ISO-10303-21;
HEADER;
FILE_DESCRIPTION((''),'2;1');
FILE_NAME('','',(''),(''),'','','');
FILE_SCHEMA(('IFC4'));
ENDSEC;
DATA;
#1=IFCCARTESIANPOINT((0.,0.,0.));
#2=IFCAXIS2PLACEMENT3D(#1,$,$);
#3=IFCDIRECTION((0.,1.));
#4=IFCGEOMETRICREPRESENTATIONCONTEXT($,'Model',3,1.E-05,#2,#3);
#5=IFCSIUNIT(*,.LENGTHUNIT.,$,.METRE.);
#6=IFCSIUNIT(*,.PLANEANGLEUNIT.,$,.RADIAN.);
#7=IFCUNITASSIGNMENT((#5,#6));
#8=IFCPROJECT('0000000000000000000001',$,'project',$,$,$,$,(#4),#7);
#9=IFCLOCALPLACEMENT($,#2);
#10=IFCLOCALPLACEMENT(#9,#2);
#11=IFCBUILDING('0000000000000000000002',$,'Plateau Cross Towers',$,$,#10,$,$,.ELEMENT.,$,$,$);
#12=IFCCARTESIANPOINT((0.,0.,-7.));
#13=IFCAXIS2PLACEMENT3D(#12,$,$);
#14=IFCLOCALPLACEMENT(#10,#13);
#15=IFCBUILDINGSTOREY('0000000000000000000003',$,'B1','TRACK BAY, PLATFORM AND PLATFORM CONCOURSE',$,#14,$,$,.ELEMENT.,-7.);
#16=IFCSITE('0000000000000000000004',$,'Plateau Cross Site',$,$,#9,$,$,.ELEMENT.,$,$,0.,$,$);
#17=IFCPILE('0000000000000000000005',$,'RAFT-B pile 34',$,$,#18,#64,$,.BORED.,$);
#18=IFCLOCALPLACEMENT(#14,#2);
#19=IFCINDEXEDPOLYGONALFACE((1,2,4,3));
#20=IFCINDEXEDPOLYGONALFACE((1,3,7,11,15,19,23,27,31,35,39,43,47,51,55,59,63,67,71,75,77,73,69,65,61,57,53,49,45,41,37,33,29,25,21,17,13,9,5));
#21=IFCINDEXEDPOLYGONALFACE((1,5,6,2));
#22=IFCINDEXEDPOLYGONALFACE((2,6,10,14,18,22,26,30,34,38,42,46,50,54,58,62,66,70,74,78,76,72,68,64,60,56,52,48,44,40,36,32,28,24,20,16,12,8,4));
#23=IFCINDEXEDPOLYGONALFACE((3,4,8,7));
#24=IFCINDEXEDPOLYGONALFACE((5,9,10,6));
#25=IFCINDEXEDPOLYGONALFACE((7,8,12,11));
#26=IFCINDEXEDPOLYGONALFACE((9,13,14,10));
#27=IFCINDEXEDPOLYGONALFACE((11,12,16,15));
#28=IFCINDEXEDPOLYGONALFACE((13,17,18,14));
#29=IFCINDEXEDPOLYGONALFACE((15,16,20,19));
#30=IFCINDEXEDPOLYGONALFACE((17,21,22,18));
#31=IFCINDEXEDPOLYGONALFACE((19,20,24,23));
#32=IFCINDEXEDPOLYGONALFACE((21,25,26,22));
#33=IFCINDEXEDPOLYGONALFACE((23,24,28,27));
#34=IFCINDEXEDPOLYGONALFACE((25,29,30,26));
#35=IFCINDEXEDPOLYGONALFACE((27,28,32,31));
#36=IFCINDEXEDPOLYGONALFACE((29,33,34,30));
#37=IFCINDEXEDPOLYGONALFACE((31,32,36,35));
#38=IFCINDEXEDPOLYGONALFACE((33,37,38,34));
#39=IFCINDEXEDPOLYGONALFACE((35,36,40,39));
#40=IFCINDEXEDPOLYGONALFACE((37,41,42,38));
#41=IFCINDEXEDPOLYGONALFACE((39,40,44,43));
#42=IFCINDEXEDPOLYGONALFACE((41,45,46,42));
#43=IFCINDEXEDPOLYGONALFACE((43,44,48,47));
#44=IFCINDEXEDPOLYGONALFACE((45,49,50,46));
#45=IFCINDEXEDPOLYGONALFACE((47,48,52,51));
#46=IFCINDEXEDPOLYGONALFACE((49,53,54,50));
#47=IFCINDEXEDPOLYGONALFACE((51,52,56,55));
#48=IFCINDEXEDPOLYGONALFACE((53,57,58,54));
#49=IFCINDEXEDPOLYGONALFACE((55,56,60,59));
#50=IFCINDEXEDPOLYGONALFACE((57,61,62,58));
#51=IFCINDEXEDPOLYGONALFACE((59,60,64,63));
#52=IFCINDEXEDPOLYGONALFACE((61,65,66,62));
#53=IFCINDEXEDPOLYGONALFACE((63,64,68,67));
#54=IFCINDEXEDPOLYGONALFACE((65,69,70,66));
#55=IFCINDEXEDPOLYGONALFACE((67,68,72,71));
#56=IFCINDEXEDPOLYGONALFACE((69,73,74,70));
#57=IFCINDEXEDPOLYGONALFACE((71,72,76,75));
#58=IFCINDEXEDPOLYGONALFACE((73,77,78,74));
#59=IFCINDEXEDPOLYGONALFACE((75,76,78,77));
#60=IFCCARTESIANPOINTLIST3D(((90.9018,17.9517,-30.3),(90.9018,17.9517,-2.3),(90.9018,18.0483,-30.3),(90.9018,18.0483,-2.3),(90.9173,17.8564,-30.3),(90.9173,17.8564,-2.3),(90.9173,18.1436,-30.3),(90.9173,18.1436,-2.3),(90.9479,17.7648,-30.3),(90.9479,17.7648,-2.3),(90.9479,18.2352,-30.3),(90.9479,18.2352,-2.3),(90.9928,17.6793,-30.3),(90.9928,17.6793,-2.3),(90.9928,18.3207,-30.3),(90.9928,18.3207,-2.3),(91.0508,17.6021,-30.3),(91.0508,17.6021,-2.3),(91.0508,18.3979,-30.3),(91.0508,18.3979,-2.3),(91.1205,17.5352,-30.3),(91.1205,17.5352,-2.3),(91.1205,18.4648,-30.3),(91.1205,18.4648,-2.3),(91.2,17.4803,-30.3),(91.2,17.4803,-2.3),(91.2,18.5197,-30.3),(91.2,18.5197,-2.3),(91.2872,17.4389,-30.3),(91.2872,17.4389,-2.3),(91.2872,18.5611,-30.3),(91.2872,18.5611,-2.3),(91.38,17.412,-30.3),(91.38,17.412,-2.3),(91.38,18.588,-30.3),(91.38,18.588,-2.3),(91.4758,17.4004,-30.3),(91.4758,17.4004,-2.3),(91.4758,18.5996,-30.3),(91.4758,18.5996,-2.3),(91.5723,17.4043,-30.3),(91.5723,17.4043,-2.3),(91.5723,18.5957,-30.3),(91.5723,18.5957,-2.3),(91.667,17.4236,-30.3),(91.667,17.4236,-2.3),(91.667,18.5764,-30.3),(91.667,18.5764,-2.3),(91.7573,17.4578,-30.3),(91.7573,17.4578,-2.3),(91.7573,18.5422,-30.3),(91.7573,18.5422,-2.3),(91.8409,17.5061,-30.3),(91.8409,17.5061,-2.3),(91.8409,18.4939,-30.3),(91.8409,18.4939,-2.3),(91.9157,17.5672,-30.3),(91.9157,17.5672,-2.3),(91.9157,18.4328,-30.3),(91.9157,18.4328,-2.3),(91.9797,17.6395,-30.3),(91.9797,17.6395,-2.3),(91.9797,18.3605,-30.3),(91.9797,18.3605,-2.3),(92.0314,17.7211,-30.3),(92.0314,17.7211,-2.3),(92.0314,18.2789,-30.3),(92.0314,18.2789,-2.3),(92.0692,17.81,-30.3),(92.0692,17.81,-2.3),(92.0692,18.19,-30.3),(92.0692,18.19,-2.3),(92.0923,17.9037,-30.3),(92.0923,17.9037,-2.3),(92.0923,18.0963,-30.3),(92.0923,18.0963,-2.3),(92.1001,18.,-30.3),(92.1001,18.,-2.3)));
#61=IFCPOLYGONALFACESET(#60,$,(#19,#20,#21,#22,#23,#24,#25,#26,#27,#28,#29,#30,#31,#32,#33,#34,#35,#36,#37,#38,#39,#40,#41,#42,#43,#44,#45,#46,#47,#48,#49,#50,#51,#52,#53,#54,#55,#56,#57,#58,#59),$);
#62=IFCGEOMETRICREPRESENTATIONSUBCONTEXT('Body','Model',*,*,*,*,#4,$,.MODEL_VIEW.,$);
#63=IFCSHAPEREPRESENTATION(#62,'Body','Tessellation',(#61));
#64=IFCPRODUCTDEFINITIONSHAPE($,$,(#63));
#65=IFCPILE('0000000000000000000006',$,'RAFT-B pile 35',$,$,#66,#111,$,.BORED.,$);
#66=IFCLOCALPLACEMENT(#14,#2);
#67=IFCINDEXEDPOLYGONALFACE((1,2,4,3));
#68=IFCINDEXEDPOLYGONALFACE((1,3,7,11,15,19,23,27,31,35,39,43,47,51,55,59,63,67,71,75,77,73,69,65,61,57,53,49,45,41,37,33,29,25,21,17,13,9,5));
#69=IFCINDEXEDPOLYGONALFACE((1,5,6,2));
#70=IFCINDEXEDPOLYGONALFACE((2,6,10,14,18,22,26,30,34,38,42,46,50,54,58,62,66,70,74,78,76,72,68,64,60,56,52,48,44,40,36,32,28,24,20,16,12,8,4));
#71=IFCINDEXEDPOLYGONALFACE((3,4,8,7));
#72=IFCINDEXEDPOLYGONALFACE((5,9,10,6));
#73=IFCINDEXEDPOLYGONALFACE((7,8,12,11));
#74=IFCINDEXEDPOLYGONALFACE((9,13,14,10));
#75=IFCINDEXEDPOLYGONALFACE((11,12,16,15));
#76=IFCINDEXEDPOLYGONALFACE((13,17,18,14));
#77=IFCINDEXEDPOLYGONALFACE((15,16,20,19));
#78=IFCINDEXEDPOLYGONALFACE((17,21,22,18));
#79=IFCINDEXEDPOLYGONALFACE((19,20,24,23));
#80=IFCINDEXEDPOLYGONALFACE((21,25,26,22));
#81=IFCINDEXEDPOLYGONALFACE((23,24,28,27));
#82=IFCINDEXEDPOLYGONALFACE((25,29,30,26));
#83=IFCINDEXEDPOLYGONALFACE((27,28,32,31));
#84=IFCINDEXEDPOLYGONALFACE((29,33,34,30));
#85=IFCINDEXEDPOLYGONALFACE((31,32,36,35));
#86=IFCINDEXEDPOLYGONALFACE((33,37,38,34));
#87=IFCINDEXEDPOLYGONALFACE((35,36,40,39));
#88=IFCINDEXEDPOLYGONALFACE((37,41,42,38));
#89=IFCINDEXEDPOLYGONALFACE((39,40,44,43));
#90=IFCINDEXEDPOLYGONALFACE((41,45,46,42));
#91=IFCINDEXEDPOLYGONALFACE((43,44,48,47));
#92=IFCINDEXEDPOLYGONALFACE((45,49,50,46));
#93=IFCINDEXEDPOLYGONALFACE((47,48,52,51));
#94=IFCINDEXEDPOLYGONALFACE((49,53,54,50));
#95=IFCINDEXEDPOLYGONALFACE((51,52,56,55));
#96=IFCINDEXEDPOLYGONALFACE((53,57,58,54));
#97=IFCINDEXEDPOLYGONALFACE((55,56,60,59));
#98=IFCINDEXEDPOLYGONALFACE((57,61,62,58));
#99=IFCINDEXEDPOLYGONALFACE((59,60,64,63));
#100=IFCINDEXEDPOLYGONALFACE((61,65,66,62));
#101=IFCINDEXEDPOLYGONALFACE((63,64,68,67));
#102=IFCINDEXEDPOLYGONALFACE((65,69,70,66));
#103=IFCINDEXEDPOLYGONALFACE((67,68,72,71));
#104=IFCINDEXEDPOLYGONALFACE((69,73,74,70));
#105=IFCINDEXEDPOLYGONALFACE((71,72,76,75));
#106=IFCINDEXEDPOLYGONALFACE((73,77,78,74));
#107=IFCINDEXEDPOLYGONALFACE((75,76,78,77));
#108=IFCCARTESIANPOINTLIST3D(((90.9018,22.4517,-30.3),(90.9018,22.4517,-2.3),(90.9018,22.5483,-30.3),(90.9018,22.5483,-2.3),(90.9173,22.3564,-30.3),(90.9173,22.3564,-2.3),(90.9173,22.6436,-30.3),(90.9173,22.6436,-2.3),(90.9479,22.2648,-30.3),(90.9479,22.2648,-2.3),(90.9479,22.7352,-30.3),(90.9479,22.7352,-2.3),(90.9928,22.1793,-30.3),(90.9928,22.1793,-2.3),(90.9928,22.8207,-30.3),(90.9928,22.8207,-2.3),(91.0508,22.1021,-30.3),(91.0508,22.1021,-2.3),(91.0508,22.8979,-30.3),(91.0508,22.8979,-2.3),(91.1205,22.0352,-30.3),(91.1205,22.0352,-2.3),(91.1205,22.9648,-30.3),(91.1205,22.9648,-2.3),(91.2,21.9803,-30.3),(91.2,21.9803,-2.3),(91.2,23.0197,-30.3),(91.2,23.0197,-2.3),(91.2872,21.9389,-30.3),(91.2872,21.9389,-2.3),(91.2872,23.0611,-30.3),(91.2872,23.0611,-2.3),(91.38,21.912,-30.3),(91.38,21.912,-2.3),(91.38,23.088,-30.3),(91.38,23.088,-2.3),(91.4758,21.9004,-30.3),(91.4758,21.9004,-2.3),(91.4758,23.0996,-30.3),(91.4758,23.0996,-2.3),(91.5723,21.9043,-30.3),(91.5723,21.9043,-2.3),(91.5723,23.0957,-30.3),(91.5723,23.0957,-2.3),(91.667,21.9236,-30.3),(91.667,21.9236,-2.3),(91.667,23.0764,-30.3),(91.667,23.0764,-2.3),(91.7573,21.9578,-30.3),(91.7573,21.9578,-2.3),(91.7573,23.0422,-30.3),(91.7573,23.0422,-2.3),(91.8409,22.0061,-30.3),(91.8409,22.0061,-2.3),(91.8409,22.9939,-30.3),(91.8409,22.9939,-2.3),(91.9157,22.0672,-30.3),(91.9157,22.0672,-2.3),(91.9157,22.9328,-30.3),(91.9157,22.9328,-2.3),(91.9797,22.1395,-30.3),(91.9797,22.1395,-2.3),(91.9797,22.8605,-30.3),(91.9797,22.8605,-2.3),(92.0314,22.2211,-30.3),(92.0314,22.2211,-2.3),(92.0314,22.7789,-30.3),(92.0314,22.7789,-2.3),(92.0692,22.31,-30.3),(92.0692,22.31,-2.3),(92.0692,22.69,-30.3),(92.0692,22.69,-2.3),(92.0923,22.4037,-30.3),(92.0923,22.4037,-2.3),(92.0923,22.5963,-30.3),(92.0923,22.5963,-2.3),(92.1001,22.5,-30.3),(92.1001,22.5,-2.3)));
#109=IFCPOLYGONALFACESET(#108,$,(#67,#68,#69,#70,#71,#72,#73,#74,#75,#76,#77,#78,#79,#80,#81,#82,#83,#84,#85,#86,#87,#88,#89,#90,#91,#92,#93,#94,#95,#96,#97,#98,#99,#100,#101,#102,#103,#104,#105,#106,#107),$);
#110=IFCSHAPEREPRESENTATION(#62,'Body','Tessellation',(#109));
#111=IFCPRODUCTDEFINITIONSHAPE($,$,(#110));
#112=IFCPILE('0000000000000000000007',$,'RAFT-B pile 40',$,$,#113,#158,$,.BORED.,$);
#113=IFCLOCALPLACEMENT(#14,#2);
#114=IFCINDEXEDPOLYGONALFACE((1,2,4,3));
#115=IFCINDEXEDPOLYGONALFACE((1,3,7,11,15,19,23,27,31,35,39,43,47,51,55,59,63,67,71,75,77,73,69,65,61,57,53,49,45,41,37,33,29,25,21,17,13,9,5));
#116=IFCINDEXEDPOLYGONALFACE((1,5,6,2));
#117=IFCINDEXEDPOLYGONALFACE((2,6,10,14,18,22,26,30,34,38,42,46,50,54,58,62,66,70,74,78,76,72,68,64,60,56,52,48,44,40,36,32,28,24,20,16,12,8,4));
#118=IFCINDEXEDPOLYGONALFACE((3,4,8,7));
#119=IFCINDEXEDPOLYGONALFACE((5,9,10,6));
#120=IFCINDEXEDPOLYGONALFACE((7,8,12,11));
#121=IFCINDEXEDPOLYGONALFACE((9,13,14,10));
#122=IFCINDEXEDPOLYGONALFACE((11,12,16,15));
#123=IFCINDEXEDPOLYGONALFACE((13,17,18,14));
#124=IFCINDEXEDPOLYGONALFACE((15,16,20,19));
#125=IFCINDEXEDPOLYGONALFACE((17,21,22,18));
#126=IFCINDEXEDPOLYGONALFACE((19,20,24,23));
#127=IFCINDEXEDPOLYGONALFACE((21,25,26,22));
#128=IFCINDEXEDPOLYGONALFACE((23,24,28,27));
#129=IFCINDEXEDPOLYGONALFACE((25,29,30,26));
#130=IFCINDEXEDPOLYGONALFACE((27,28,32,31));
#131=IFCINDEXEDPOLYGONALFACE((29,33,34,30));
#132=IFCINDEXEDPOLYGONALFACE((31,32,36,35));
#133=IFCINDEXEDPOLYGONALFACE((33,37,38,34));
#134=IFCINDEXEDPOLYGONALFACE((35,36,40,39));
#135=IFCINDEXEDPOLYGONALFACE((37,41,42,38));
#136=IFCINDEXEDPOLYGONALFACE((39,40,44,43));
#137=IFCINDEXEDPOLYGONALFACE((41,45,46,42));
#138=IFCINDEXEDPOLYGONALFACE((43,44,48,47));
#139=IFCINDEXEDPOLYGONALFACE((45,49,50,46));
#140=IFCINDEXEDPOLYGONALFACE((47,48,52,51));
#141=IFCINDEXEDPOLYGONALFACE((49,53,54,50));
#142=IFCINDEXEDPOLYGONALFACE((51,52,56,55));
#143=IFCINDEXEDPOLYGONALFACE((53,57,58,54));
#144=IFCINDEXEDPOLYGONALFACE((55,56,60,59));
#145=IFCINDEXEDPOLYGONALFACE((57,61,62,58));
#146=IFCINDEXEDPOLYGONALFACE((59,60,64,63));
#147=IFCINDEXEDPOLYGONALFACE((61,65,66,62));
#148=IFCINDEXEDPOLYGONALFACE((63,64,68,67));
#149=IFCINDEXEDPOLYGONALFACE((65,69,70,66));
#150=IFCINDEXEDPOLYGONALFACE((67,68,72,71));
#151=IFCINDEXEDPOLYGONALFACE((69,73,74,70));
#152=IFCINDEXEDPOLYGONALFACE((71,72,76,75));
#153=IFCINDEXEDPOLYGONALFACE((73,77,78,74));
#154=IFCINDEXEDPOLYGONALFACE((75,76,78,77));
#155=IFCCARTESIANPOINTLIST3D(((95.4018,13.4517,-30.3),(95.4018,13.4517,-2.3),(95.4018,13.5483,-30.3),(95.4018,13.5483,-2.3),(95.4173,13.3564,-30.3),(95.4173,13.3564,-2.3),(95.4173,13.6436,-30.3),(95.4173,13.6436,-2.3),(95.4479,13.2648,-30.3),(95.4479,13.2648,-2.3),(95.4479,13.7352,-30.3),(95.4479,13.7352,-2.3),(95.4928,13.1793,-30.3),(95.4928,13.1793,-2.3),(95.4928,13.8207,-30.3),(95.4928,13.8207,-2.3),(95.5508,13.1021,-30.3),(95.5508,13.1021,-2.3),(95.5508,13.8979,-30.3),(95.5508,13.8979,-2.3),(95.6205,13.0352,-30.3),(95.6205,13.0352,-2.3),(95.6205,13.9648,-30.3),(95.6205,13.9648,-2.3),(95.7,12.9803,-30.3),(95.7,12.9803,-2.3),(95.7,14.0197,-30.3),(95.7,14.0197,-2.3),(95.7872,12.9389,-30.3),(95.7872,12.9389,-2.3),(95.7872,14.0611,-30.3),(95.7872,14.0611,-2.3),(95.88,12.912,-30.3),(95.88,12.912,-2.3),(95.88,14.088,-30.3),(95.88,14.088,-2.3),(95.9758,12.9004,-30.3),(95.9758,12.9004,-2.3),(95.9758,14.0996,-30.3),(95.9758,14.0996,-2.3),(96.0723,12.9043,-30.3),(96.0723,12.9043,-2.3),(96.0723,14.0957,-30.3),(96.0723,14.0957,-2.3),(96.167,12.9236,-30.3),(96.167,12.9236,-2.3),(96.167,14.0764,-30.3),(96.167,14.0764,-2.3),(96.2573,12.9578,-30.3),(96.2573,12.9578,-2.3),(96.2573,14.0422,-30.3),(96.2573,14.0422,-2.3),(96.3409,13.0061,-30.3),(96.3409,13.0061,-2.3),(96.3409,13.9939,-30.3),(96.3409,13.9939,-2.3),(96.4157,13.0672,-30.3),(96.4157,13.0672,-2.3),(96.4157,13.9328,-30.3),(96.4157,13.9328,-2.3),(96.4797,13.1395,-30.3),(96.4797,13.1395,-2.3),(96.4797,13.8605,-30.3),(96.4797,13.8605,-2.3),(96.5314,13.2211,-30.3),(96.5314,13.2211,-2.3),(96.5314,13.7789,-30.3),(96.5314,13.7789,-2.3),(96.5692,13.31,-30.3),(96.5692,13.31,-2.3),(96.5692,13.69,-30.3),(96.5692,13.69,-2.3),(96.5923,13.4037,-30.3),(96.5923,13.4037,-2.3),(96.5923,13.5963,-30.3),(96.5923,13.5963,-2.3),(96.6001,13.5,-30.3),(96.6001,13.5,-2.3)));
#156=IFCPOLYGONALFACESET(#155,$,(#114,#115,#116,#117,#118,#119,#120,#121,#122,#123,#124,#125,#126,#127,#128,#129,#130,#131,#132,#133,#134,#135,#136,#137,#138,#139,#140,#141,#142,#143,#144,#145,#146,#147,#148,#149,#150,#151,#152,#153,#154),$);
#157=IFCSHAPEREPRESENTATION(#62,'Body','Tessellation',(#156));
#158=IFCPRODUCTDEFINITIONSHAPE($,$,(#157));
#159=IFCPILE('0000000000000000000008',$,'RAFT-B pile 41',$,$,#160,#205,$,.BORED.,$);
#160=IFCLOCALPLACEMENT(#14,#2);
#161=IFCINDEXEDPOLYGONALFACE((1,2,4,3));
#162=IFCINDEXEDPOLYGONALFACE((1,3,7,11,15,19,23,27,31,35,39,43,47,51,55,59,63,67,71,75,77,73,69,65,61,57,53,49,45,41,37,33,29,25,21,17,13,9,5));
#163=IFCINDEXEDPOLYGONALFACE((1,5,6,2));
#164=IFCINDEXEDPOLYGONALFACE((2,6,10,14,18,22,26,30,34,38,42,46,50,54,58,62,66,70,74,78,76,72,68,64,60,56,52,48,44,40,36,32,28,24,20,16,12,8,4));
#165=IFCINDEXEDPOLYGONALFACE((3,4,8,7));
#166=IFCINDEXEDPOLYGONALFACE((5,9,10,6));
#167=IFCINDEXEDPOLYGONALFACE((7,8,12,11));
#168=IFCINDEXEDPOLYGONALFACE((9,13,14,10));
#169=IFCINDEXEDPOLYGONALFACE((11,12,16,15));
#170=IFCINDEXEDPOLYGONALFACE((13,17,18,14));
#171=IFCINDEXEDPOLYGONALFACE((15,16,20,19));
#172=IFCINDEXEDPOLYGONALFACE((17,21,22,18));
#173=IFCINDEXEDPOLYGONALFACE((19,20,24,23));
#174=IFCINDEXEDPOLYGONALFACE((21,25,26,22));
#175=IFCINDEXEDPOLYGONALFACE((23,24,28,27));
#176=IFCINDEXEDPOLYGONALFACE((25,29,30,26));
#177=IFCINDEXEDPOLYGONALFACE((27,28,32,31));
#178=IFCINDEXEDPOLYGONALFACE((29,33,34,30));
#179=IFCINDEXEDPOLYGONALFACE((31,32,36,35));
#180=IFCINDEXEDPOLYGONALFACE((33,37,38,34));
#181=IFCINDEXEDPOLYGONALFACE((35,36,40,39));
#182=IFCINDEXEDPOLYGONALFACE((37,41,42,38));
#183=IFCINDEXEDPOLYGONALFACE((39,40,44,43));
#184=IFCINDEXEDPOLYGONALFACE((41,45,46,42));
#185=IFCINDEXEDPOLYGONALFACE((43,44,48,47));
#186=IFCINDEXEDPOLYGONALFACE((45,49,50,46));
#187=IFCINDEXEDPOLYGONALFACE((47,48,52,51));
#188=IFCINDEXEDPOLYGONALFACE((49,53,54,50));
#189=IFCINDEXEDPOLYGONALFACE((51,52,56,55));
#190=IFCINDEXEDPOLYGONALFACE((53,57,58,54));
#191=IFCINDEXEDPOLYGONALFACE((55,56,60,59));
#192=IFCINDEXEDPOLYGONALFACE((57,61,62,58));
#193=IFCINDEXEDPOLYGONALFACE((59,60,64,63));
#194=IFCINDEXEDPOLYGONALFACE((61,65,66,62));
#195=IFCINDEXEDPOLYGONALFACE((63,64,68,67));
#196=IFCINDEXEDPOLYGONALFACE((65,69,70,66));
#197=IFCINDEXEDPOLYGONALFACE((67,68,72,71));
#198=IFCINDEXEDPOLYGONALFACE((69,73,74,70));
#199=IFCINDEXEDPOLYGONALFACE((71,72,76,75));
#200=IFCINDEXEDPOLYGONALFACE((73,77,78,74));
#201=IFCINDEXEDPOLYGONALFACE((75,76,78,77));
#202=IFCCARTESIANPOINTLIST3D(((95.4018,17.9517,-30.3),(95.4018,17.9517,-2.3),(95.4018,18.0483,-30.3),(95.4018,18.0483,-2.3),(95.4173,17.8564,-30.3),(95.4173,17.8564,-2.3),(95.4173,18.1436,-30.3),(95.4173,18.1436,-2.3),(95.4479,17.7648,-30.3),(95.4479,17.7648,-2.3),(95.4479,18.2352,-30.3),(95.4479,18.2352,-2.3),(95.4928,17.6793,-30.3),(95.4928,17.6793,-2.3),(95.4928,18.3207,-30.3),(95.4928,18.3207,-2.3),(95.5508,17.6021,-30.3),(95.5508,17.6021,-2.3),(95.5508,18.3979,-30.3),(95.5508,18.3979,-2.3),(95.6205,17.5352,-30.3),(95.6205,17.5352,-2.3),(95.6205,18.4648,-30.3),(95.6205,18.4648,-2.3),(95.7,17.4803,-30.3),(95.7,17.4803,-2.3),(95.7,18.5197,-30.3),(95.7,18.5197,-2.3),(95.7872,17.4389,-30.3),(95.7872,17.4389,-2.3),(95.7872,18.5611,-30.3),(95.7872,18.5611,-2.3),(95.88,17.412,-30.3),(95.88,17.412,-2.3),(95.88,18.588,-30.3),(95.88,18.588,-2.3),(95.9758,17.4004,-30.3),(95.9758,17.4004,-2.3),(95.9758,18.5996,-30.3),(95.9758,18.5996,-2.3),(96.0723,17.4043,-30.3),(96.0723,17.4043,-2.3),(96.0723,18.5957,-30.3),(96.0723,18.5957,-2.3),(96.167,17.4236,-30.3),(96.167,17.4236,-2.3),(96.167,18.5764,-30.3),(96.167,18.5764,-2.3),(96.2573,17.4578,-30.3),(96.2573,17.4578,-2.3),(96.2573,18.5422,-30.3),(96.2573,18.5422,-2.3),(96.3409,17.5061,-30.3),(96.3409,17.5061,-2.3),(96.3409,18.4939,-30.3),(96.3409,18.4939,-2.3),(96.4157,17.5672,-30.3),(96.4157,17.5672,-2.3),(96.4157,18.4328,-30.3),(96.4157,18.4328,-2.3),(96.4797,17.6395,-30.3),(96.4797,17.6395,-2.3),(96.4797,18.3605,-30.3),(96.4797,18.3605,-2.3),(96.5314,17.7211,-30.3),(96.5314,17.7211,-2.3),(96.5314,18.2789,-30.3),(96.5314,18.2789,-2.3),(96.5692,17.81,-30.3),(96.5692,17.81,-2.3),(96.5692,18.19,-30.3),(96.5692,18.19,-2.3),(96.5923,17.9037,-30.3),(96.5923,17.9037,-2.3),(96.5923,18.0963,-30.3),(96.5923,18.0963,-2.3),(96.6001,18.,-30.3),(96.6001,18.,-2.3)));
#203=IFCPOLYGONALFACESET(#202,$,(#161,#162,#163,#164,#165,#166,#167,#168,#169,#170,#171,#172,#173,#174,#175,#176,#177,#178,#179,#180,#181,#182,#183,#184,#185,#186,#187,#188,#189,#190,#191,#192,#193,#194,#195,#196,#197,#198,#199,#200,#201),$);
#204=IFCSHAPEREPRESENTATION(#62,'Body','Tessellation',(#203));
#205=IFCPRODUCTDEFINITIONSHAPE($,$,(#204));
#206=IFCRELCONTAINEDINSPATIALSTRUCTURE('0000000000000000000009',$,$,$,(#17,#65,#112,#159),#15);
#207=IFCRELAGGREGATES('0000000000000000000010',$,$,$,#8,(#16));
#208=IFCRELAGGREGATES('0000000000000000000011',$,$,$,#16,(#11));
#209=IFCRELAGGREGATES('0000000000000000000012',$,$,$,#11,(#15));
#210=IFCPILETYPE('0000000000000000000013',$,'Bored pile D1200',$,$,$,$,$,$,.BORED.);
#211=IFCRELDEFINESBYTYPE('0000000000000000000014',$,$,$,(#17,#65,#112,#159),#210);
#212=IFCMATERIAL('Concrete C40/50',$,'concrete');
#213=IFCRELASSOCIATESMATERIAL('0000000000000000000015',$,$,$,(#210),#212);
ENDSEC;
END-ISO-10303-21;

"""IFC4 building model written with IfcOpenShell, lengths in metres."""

from ifc_helpers import new_model, si_unit, direction, frame, origin, origin_2d, place, context, subcontext, project, spatial, circle, extrude, material, material_profile, profile_set, type_object, element, save


model = new_model("IFC4")

# Units and contexts
model_context = context("Model", 3, precision=1e-05, world=origin(), true_north=direction((0.0, 1.0)))
body_context = subcontext(model_context, "Body", "Model", "MODEL_VIEW")
ifc_project = project(units=[si_unit("LENGTHUNIT", "METRE"), si_unit("PLANEANGLEUNIT", "RADIAN")], contexts=[model_context])

# Site, building, storey
site_placement = place(None, origin())
site = spatial("IfcSite", under=ifc_project, at=site_placement, Name="Plateau Cross Site", CompositionType="ELEMENT", RefElevation=0.0)
building_placement = place(site_placement, origin())
building = spatial("IfcBuilding", under=site, at=building_placement, Name="Plateau Cross Towers", CompositionType="ELEMENT")
storey_placement = place(building_placement, frame((0.0, 0.0, -7.0)))
storey = spatial("IfcBuildingStorey", under=building, at=storey_placement, Name="B1", Description="TRACK BAY, PLATFORM AND PLATFORM CONCOURSE", CompositionType="ELEMENT", Elevation=-7.0)

# Piles
ifc_material_1 = material(Name="Concrete C40/50", Category="concrete")
ifc_material_profile_1 = material_profile(ifc_material_1, circle(Radius=0.6001, at=origin_2d()), Name="Bored pile D1200")
ifc_profile_set_1 = profile_set([ifc_material_profile_1], Name="Concrete C40/50")
pile_type = type_object("IfcPileType", Name="Bored pile D1200", PredefinedType="BORED", material=ifc_profile_set_1)
for number, where, z_axis, x_axis, name in (
    (1, (91.5, 18.0, -2.3), (0.0, 0.0, -1.0), (1.0, 0.0, 0.0), "RAFT-B pile 34"),
    (2, (91.5, 22.5, -2.3), (0.0, 0.0, -1.0), (1.0, 0.0, 0.0), "RAFT-B pile 35"),
    (3, (96.0, 13.5, -2.3), (0.0, 0.0, -1.0), (1.0, 0.0, 0.0), "RAFT-B pile 40"),
    (4, (96.0, 18.0, -2.3), (0.0, 0.0, -1.0), (1.0, 0.0, 0.0), "RAFT-B pile 41"),
):
    element("IfcPile", number, at=place(storey_placement, frame(where, z_axis=z_axis, x_axis=x_axis)), inside=storey, type_object=pile_type, Name=name, PredefinedType="BORED", context=body_context, shape_type="SweptSolid", body=[
        extrude(circle(Radius=0.6001, at=origin_2d()), origin(), (0.0, 0.0, 1.0), 28.0),
    ])

save(model, "model.ifc")
